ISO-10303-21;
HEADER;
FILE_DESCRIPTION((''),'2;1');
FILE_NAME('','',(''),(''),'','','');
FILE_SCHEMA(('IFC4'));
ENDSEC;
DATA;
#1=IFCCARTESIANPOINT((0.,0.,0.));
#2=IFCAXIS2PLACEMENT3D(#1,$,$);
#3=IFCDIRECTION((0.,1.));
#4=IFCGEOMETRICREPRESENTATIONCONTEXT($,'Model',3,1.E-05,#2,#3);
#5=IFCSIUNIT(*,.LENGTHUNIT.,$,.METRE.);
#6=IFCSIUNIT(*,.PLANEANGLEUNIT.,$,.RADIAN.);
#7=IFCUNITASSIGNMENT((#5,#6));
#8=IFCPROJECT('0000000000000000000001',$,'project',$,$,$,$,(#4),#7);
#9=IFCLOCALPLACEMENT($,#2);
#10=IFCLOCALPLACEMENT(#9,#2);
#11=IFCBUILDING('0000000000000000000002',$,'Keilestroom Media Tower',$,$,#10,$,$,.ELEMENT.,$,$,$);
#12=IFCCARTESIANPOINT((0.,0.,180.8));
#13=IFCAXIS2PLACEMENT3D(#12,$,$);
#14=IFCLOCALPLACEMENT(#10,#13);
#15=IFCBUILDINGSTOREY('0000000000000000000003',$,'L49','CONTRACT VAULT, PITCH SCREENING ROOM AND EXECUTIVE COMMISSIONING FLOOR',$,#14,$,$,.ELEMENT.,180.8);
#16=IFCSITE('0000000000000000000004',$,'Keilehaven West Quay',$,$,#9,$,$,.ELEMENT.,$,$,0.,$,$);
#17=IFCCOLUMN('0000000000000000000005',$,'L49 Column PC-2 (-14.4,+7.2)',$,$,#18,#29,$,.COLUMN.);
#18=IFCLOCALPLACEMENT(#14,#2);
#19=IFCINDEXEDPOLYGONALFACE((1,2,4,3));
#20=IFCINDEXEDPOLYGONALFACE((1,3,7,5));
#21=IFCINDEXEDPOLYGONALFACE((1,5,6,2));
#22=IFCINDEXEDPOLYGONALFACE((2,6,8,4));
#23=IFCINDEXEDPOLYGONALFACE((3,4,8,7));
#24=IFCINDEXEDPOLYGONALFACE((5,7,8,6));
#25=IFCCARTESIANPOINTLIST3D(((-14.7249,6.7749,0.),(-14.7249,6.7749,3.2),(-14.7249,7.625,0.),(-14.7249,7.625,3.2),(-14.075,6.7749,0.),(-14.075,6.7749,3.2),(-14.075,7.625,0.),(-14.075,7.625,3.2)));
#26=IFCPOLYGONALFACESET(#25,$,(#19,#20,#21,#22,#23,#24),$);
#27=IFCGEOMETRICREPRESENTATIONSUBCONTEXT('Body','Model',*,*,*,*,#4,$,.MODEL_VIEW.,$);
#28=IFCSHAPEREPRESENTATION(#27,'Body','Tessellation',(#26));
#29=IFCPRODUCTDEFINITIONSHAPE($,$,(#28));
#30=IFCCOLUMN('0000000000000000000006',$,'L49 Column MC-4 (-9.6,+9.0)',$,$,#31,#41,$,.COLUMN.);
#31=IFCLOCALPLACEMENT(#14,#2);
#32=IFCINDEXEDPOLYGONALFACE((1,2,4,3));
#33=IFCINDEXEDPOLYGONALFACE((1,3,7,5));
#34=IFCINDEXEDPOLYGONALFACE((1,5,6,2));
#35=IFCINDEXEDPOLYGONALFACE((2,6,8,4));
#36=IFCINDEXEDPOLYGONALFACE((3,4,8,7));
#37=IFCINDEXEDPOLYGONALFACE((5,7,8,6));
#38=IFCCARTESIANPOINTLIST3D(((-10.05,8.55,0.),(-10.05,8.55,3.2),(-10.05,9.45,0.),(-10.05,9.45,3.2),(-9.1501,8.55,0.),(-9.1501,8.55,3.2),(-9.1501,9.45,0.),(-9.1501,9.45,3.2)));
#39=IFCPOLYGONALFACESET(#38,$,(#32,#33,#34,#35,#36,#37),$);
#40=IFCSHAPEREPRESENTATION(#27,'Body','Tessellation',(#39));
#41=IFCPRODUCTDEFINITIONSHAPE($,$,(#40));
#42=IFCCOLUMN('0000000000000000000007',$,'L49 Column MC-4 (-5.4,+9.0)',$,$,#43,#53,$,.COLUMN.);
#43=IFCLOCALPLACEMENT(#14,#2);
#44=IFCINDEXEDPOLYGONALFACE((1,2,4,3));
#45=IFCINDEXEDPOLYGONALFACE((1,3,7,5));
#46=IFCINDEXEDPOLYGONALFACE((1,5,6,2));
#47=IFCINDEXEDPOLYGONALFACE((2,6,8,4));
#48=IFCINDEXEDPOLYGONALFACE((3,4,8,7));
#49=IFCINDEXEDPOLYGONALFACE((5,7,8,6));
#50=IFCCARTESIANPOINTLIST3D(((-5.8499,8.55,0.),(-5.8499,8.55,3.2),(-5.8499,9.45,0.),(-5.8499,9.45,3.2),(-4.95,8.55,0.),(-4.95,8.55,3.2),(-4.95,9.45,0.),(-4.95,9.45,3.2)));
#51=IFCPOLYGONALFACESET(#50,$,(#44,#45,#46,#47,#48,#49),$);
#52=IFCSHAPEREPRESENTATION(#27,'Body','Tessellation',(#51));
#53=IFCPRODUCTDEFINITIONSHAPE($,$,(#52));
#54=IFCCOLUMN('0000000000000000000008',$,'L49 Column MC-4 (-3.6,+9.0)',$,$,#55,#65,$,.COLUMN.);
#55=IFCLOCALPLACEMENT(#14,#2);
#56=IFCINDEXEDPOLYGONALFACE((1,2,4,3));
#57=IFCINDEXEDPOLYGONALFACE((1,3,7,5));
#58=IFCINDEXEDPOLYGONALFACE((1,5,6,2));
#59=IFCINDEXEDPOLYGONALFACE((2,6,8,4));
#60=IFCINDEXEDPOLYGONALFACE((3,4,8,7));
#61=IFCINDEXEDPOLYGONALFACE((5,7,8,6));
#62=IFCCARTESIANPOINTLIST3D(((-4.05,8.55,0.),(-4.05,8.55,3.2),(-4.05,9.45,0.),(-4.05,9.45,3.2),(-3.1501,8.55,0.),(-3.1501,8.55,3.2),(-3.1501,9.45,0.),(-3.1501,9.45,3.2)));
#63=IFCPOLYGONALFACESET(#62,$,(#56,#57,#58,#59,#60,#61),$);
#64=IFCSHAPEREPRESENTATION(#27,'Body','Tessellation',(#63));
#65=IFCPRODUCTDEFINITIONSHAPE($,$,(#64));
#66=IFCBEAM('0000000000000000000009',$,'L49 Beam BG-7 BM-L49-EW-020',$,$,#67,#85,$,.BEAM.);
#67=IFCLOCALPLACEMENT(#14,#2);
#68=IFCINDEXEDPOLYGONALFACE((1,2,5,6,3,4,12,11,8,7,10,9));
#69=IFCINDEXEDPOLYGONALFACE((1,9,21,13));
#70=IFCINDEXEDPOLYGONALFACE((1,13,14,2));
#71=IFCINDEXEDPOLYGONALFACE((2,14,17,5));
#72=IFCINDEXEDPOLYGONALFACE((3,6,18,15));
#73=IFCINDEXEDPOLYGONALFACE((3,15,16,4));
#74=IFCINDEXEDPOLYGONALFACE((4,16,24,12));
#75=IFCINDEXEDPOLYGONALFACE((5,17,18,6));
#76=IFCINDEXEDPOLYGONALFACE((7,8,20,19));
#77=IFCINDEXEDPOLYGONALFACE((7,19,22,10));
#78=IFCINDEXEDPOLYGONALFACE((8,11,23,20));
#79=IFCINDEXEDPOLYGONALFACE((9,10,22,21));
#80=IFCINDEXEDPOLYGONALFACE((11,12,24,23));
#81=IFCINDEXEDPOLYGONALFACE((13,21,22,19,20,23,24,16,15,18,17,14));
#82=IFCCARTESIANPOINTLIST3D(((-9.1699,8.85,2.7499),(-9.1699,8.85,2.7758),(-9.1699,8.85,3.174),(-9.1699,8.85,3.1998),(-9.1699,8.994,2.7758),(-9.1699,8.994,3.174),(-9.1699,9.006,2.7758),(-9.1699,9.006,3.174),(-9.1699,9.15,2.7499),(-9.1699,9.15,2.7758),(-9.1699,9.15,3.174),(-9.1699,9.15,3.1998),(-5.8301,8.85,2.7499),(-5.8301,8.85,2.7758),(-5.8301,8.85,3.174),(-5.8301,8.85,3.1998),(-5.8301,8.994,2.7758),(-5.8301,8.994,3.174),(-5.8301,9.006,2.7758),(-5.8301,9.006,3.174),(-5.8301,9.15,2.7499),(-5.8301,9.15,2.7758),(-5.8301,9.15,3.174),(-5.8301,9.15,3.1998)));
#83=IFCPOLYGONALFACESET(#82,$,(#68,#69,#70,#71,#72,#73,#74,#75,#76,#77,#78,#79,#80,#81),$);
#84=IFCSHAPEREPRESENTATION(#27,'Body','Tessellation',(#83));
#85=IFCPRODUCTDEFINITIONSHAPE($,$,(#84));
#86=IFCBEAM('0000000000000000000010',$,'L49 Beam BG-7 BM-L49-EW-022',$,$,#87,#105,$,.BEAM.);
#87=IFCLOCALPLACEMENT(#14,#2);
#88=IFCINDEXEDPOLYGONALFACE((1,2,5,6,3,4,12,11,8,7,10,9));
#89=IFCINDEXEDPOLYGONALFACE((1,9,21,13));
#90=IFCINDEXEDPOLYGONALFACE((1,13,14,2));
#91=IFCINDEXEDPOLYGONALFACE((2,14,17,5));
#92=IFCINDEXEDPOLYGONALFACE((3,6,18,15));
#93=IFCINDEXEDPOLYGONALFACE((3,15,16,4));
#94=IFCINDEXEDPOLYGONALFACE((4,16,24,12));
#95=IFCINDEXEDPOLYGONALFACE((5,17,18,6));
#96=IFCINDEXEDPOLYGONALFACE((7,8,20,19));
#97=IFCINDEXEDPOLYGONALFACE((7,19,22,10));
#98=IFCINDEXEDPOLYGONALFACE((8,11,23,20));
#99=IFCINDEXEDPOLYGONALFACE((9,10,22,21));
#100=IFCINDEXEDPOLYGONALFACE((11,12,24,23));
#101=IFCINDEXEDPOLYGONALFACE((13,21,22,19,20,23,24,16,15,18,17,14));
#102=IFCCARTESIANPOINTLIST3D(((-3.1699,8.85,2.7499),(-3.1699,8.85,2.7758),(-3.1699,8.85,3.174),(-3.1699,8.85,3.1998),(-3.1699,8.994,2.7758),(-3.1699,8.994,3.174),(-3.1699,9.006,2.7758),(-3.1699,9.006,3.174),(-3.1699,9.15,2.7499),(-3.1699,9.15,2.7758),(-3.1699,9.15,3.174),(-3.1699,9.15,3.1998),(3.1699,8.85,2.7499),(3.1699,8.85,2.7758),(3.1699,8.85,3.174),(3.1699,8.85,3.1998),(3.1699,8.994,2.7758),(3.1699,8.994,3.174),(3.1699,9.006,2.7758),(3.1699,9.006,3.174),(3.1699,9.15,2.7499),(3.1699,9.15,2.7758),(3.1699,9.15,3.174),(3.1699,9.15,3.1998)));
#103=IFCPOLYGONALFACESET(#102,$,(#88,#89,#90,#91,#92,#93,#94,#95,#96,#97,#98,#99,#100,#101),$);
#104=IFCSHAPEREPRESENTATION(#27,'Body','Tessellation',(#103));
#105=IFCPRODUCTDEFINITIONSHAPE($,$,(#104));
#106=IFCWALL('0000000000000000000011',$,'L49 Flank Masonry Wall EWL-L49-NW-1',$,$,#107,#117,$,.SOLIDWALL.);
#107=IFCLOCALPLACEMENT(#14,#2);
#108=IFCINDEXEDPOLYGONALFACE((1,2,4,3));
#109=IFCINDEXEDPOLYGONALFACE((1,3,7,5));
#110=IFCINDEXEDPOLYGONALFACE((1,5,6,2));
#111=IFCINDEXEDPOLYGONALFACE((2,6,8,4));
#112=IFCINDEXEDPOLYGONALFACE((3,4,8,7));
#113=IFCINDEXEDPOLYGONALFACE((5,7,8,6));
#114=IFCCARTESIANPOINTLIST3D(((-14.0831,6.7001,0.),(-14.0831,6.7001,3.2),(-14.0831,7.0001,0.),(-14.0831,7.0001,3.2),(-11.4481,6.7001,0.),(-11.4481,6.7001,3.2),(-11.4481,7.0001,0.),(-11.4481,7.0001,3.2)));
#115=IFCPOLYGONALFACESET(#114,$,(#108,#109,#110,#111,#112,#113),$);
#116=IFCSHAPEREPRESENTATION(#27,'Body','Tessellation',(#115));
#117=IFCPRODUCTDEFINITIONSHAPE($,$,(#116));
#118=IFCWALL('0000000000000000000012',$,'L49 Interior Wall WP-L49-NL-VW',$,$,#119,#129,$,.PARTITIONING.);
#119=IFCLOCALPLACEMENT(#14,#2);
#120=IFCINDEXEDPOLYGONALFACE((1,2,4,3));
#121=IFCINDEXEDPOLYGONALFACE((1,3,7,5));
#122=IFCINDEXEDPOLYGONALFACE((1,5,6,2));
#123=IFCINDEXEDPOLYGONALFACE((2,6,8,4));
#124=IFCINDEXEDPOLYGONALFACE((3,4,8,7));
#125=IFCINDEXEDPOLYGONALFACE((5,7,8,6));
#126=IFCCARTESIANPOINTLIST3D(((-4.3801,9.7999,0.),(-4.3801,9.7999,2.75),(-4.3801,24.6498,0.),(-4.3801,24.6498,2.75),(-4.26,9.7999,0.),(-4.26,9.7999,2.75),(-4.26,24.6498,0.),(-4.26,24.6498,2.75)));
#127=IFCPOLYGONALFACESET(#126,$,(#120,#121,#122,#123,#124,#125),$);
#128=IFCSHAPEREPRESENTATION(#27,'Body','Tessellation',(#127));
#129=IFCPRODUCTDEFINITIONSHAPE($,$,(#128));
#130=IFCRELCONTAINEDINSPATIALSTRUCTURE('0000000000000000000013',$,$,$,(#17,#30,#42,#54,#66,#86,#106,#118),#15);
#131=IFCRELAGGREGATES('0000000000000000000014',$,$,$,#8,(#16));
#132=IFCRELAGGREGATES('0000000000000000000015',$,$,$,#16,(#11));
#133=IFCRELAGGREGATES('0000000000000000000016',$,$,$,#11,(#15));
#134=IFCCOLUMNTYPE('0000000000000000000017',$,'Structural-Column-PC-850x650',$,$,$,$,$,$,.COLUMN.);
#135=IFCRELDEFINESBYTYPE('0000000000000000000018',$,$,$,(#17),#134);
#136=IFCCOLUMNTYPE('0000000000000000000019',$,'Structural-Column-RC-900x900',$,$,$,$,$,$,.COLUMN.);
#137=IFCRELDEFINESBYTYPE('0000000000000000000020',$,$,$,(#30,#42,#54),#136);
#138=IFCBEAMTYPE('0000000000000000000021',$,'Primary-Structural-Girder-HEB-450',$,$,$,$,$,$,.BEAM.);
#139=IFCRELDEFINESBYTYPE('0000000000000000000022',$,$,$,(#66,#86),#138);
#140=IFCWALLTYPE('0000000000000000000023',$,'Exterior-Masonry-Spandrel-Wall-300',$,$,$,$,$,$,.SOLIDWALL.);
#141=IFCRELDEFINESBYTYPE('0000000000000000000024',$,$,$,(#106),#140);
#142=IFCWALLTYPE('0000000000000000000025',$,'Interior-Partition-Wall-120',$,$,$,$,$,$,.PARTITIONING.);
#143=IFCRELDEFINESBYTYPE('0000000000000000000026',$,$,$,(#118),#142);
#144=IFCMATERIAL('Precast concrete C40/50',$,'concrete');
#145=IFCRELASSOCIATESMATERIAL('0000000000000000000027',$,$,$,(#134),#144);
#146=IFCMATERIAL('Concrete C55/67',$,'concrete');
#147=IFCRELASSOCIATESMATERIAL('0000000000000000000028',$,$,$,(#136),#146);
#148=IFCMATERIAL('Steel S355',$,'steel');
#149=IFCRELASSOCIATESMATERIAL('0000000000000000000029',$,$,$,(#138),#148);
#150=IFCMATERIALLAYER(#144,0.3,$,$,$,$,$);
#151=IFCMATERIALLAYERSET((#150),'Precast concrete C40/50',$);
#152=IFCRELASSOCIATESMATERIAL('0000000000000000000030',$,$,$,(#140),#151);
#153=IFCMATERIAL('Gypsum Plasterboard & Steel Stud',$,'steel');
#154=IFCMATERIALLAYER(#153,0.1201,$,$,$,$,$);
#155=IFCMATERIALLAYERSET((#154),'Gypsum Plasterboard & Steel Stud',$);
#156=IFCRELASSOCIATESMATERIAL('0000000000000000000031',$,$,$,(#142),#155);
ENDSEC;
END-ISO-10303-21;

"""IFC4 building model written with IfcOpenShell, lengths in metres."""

from ifc_helpers import new_model, si_unit, direction, frame, frame_2d, origin, origin_2d, place, context, subcontext, project, spatial, rectangle, i_section, extrude, source, transform, mapped, material, layer, layer_set, material_profile, profile_set, type_object, element, save


model = new_model("IFC4")

# Units and contexts
model_context = context("Model", 3, precision=1e-05, world=origin(), true_north=direction((0.0, 1.0)))
body_context = subcontext(model_context, "Body", "Model", "MODEL_VIEW")
ifc_project = project(units=[si_unit("LENGTHUNIT", "METRE"), si_unit("PLANEANGLEUNIT", "RADIAN")], contexts=[model_context])

# Site, building, storey
site_placement = place(None, origin())
site = spatial("IfcSite", under=ifc_project, at=site_placement, Name="Keilehaven West Quay", CompositionType="ELEMENT", RefElevation=0.0)
building_placement = place(site_placement, origin())
building = spatial("IfcBuilding", under=site, at=building_placement, Name="Keilestroom Media Tower", CompositionType="ELEMENT")
storey_placement = place(building_placement, frame((0.0, 0.0, 180.8)))
storey = spatial("IfcBuildingStorey", under=building, at=storey_placement, Name="L49", Description="CONTRACT VAULT, PITCH SCREENING ROOM AND EXECUTIVE COMMISSIONING FLOOR", CompositionType="ELEMENT", Elevation=180.8)

# Columns
ifc_material_1 = material(Name="Precast concrete C40/50", Category="concrete")
ifc_material_profile_1 = material_profile(ifc_material_1, rectangle(XDim=0.6499, YDim=0.8501, at=origin_2d()), Name="PC 850x650")
ifc_profile_set_1 = profile_set([ifc_material_profile_1], Name="Precast concrete C40/50")
column_type_1 = type_object("IfcColumnType", Name="Structural-Column-PC-850x650", PredefinedType="COLUMN", material=ifc_profile_set_1)
shared_shape_1 = source(origin(), body_context, "Body", "SweptSolid", [
    extrude(rectangle(XDim=0.6499, YDim=0.8501, at=origin_2d()), origin(), (0.0, 0.0, 1.0), 3.2),
])
column_placement = place(storey_placement, frame((-14.3999, 7.2, 0.0), z_axis=(0.0, 0.0, 1.0), x_axis=(1.0, 0.0, 0.0)))
element("IfcColumn", 1, at=column_placement, inside=storey, type_object=column_type_1, Name="L49 Column PC-2 (-14.4,+7.2)", PredefinedType="COLUMN", context=body_context, shape_type="MappedRepresentation", body=[
    mapped(shared_shape_1, transform((0.0, 0.0, 0.0), x_axis=(1.0, 0.0, 0.0), y_axis=(0.0, 1.0, 0.0), z_axis=(0.0, 0.0, 1.0), scale=1.0)),
])
ifc_material_2 = material(Name="Concrete C55/67", Category="concrete")
ifc_material_profile_2 = material_profile(ifc_material_2, rectangle(XDim=0.8999, YDim=0.8999, at=origin_2d()), Name="RC 900x900")
ifc_profile_set_2 = profile_set([ifc_material_profile_2], Name="Concrete C55/67")
column_type_2 = type_object("IfcColumnType", Name="Structural-Column-RC-900x900", PredefinedType="COLUMN", material=ifc_profile_set_2)
shared_shape_2 = source(origin(), body_context, "Body", "SweptSolid", [
    extrude(rectangle(XDim=0.8999, YDim=0.8999, at=origin_2d()), origin(), (0.0, 0.0, 1.0), 3.2),
])
for number, where, z_axis, x_axis, name in (
    (2, (-9.6001, 9.0, 0.0), (0.0, 0.0, 1.0), (1.0, 0.0, 0.0), "L49 Column MC-4 (-9.6,+9.0)"),
    (3, (-5.3999, 9.0, 0.0), (0.0, 0.0, 1.0), (1.0, 0.0, 0.0), "L49 Column MC-4 (-5.4,+9.0)"),
    (4, (-3.6001, 9.0, 0.0), (0.0, 0.0, 1.0), (1.0, 0.0, 0.0), "L49 Column MC-4 (-3.6,+9.0)"),
):
    element("IfcColumn", number, at=place(storey_placement, frame(where, z_axis=z_axis, x_axis=x_axis)), inside=storey, type_object=column_type_2, Name=name, PredefinedType="COLUMN", context=body_context, shape_type="MappedRepresentation", body=[
        mapped(shared_shape_2, transform((0.0, 0.0, 0.0), x_axis=(1.0, 0.0, 0.0), y_axis=(0.0, 1.0, 0.0), z_axis=(0.0, 0.0, 1.0), scale=1.0)),
    ])

# Beams
ifc_material_3 = material(Name="Steel S355", Category="steel")
ifc_material_profile_3 = material_profile(ifc_material_3, i_section(OverallWidth=0.3, OverallDepth=0.45, WebThickness=0.012, FlangeThickness=0.0259, at=origin_2d()), Name="HEB 450")
ifc_profile_set_3 = profile_set([ifc_material_profile_3], Name="Steel S355")
beam_type = type_object("IfcBeamType", Name="Primary-Structural-Girder-HEB-450", PredefinedType="BEAM", material=ifc_profile_set_3)
shared_shape_3 = source(origin(), body_context, "Body", "SweptSolid", [
    extrude(i_section(OverallWidth=0.3, OverallDepth=0.45, WebThickness=0.012, FlangeThickness=0.0259, at=origin_2d()), origin(), (0.0, 0.0, 1.0), 3.3398),
])
beam_1_placement = place(storey_placement, frame((-9.1699, 9.0, 2.9749), z_axis=(1.0, 0.0, 0.0), x_axis=(0.0, 1.0, 0.0)))
element("IfcBeam", 5, at=beam_1_placement, inside=storey, type_object=beam_type, Name="L49 Beam BG-7 BM-L49-EW-020", PredefinedType="BEAM", context=body_context, shape_type="MappedRepresentation", body=[
    mapped(shared_shape_3, transform((0.0, 0.0, 0.0), x_axis=(1.0, 0.0, 0.0), y_axis=(0.0, 1.0, 0.0), z_axis=(0.0, 0.0, 1.0), scale=1.0)),
])
shared_shape_4 = source(origin(), body_context, "Body", "SweptSolid", [
    extrude(i_section(OverallWidth=0.3, OverallDepth=0.45, WebThickness=0.012, FlangeThickness=0.0259, at=origin_2d()), origin(), (0.0, 0.0, 1.0), 6.3398),
])
beam_2_placement = place(storey_placement, frame((-3.1699, 9.0, 2.9749), z_axis=(1.0, 0.0, 0.0), x_axis=(0.0, 1.0, 0.0)))
element("IfcBeam", 6, at=beam_2_placement, inside=storey, type_object=beam_type, Name="L49 Beam BG-7 BM-L49-EW-022", PredefinedType="BEAM", context=body_context, shape_type="MappedRepresentation", body=[
    mapped(shared_shape_4, transform((0.0, 0.0, 0.0), x_axis=(1.0, 0.0, 0.0), y_axis=(0.0, 1.0, 0.0), z_axis=(0.0, 0.0, 1.0), scale=1.0)),
])

# Walls
ifc_layer_1 = layer(ifc_material_1, 0.3)
ifc_layer_set_1 = layer_set([ifc_layer_1], Name="Precast concrete C40/50")
wall_type_1 = type_object("IfcWallType", Name="Exterior-Masonry-Spandrel-Wall-300", PredefinedType="SOLIDWALL", material=ifc_layer_set_1)
wall_1_placement = place(storey_placement, frame((-14.083, 6.8501, 0.0), z_axis=(0.0, 0.0, 1.0), x_axis=(1.0, 0.0, 0.0)))
element("IfcWall", 7, at=wall_1_placement, inside=storey, type_object=wall_type_1, Name="L49 Flank Masonry Wall EWL-L49-NW-1", PredefinedType="SOLIDWALL", context=body_context, shape_type="SweptSolid", body=[
    extrude(rectangle(XDim=2.635, YDim=0.3, at=frame_2d((1.3174, 0.0))), origin(), (0.0, 0.0, 1.0), 3.2),
])
ifc_material_4 = material(Name="Gypsum Plasterboard & Steel Stud", Category="steel")
ifc_layer_2 = layer(ifc_material_4, 0.1201)
ifc_layer_set_2 = layer_set([ifc_layer_2], Name="Gypsum Plasterboard & Steel Stud")
wall_type_2 = type_object("IfcWallType", Name="Interior-Partition-Wall-120", PredefinedType="PARTITIONING", material=ifc_layer_set_2)
wall_2_placement = place(storey_placement, frame((-4.3201, 9.8, 0.0), z_axis=(0.0, 0.0, 1.0), x_axis=(0.0, 1.0, 0.0)))
element("IfcWall", 8, at=wall_2_placement, inside=storey, type_object=wall_type_2, Name="L49 Interior Wall WP-L49-NL-VW", PredefinedType="PARTITIONING", context=body_context, shape_type="SweptSolid", body=[
    extrude(rectangle(XDim=14.8499, YDim=0.1201, at=frame_2d((7.4248, 0.0))), origin(), (0.0, 0.0, 1.0), 2.75),
])

save(model, "model.ifc")
